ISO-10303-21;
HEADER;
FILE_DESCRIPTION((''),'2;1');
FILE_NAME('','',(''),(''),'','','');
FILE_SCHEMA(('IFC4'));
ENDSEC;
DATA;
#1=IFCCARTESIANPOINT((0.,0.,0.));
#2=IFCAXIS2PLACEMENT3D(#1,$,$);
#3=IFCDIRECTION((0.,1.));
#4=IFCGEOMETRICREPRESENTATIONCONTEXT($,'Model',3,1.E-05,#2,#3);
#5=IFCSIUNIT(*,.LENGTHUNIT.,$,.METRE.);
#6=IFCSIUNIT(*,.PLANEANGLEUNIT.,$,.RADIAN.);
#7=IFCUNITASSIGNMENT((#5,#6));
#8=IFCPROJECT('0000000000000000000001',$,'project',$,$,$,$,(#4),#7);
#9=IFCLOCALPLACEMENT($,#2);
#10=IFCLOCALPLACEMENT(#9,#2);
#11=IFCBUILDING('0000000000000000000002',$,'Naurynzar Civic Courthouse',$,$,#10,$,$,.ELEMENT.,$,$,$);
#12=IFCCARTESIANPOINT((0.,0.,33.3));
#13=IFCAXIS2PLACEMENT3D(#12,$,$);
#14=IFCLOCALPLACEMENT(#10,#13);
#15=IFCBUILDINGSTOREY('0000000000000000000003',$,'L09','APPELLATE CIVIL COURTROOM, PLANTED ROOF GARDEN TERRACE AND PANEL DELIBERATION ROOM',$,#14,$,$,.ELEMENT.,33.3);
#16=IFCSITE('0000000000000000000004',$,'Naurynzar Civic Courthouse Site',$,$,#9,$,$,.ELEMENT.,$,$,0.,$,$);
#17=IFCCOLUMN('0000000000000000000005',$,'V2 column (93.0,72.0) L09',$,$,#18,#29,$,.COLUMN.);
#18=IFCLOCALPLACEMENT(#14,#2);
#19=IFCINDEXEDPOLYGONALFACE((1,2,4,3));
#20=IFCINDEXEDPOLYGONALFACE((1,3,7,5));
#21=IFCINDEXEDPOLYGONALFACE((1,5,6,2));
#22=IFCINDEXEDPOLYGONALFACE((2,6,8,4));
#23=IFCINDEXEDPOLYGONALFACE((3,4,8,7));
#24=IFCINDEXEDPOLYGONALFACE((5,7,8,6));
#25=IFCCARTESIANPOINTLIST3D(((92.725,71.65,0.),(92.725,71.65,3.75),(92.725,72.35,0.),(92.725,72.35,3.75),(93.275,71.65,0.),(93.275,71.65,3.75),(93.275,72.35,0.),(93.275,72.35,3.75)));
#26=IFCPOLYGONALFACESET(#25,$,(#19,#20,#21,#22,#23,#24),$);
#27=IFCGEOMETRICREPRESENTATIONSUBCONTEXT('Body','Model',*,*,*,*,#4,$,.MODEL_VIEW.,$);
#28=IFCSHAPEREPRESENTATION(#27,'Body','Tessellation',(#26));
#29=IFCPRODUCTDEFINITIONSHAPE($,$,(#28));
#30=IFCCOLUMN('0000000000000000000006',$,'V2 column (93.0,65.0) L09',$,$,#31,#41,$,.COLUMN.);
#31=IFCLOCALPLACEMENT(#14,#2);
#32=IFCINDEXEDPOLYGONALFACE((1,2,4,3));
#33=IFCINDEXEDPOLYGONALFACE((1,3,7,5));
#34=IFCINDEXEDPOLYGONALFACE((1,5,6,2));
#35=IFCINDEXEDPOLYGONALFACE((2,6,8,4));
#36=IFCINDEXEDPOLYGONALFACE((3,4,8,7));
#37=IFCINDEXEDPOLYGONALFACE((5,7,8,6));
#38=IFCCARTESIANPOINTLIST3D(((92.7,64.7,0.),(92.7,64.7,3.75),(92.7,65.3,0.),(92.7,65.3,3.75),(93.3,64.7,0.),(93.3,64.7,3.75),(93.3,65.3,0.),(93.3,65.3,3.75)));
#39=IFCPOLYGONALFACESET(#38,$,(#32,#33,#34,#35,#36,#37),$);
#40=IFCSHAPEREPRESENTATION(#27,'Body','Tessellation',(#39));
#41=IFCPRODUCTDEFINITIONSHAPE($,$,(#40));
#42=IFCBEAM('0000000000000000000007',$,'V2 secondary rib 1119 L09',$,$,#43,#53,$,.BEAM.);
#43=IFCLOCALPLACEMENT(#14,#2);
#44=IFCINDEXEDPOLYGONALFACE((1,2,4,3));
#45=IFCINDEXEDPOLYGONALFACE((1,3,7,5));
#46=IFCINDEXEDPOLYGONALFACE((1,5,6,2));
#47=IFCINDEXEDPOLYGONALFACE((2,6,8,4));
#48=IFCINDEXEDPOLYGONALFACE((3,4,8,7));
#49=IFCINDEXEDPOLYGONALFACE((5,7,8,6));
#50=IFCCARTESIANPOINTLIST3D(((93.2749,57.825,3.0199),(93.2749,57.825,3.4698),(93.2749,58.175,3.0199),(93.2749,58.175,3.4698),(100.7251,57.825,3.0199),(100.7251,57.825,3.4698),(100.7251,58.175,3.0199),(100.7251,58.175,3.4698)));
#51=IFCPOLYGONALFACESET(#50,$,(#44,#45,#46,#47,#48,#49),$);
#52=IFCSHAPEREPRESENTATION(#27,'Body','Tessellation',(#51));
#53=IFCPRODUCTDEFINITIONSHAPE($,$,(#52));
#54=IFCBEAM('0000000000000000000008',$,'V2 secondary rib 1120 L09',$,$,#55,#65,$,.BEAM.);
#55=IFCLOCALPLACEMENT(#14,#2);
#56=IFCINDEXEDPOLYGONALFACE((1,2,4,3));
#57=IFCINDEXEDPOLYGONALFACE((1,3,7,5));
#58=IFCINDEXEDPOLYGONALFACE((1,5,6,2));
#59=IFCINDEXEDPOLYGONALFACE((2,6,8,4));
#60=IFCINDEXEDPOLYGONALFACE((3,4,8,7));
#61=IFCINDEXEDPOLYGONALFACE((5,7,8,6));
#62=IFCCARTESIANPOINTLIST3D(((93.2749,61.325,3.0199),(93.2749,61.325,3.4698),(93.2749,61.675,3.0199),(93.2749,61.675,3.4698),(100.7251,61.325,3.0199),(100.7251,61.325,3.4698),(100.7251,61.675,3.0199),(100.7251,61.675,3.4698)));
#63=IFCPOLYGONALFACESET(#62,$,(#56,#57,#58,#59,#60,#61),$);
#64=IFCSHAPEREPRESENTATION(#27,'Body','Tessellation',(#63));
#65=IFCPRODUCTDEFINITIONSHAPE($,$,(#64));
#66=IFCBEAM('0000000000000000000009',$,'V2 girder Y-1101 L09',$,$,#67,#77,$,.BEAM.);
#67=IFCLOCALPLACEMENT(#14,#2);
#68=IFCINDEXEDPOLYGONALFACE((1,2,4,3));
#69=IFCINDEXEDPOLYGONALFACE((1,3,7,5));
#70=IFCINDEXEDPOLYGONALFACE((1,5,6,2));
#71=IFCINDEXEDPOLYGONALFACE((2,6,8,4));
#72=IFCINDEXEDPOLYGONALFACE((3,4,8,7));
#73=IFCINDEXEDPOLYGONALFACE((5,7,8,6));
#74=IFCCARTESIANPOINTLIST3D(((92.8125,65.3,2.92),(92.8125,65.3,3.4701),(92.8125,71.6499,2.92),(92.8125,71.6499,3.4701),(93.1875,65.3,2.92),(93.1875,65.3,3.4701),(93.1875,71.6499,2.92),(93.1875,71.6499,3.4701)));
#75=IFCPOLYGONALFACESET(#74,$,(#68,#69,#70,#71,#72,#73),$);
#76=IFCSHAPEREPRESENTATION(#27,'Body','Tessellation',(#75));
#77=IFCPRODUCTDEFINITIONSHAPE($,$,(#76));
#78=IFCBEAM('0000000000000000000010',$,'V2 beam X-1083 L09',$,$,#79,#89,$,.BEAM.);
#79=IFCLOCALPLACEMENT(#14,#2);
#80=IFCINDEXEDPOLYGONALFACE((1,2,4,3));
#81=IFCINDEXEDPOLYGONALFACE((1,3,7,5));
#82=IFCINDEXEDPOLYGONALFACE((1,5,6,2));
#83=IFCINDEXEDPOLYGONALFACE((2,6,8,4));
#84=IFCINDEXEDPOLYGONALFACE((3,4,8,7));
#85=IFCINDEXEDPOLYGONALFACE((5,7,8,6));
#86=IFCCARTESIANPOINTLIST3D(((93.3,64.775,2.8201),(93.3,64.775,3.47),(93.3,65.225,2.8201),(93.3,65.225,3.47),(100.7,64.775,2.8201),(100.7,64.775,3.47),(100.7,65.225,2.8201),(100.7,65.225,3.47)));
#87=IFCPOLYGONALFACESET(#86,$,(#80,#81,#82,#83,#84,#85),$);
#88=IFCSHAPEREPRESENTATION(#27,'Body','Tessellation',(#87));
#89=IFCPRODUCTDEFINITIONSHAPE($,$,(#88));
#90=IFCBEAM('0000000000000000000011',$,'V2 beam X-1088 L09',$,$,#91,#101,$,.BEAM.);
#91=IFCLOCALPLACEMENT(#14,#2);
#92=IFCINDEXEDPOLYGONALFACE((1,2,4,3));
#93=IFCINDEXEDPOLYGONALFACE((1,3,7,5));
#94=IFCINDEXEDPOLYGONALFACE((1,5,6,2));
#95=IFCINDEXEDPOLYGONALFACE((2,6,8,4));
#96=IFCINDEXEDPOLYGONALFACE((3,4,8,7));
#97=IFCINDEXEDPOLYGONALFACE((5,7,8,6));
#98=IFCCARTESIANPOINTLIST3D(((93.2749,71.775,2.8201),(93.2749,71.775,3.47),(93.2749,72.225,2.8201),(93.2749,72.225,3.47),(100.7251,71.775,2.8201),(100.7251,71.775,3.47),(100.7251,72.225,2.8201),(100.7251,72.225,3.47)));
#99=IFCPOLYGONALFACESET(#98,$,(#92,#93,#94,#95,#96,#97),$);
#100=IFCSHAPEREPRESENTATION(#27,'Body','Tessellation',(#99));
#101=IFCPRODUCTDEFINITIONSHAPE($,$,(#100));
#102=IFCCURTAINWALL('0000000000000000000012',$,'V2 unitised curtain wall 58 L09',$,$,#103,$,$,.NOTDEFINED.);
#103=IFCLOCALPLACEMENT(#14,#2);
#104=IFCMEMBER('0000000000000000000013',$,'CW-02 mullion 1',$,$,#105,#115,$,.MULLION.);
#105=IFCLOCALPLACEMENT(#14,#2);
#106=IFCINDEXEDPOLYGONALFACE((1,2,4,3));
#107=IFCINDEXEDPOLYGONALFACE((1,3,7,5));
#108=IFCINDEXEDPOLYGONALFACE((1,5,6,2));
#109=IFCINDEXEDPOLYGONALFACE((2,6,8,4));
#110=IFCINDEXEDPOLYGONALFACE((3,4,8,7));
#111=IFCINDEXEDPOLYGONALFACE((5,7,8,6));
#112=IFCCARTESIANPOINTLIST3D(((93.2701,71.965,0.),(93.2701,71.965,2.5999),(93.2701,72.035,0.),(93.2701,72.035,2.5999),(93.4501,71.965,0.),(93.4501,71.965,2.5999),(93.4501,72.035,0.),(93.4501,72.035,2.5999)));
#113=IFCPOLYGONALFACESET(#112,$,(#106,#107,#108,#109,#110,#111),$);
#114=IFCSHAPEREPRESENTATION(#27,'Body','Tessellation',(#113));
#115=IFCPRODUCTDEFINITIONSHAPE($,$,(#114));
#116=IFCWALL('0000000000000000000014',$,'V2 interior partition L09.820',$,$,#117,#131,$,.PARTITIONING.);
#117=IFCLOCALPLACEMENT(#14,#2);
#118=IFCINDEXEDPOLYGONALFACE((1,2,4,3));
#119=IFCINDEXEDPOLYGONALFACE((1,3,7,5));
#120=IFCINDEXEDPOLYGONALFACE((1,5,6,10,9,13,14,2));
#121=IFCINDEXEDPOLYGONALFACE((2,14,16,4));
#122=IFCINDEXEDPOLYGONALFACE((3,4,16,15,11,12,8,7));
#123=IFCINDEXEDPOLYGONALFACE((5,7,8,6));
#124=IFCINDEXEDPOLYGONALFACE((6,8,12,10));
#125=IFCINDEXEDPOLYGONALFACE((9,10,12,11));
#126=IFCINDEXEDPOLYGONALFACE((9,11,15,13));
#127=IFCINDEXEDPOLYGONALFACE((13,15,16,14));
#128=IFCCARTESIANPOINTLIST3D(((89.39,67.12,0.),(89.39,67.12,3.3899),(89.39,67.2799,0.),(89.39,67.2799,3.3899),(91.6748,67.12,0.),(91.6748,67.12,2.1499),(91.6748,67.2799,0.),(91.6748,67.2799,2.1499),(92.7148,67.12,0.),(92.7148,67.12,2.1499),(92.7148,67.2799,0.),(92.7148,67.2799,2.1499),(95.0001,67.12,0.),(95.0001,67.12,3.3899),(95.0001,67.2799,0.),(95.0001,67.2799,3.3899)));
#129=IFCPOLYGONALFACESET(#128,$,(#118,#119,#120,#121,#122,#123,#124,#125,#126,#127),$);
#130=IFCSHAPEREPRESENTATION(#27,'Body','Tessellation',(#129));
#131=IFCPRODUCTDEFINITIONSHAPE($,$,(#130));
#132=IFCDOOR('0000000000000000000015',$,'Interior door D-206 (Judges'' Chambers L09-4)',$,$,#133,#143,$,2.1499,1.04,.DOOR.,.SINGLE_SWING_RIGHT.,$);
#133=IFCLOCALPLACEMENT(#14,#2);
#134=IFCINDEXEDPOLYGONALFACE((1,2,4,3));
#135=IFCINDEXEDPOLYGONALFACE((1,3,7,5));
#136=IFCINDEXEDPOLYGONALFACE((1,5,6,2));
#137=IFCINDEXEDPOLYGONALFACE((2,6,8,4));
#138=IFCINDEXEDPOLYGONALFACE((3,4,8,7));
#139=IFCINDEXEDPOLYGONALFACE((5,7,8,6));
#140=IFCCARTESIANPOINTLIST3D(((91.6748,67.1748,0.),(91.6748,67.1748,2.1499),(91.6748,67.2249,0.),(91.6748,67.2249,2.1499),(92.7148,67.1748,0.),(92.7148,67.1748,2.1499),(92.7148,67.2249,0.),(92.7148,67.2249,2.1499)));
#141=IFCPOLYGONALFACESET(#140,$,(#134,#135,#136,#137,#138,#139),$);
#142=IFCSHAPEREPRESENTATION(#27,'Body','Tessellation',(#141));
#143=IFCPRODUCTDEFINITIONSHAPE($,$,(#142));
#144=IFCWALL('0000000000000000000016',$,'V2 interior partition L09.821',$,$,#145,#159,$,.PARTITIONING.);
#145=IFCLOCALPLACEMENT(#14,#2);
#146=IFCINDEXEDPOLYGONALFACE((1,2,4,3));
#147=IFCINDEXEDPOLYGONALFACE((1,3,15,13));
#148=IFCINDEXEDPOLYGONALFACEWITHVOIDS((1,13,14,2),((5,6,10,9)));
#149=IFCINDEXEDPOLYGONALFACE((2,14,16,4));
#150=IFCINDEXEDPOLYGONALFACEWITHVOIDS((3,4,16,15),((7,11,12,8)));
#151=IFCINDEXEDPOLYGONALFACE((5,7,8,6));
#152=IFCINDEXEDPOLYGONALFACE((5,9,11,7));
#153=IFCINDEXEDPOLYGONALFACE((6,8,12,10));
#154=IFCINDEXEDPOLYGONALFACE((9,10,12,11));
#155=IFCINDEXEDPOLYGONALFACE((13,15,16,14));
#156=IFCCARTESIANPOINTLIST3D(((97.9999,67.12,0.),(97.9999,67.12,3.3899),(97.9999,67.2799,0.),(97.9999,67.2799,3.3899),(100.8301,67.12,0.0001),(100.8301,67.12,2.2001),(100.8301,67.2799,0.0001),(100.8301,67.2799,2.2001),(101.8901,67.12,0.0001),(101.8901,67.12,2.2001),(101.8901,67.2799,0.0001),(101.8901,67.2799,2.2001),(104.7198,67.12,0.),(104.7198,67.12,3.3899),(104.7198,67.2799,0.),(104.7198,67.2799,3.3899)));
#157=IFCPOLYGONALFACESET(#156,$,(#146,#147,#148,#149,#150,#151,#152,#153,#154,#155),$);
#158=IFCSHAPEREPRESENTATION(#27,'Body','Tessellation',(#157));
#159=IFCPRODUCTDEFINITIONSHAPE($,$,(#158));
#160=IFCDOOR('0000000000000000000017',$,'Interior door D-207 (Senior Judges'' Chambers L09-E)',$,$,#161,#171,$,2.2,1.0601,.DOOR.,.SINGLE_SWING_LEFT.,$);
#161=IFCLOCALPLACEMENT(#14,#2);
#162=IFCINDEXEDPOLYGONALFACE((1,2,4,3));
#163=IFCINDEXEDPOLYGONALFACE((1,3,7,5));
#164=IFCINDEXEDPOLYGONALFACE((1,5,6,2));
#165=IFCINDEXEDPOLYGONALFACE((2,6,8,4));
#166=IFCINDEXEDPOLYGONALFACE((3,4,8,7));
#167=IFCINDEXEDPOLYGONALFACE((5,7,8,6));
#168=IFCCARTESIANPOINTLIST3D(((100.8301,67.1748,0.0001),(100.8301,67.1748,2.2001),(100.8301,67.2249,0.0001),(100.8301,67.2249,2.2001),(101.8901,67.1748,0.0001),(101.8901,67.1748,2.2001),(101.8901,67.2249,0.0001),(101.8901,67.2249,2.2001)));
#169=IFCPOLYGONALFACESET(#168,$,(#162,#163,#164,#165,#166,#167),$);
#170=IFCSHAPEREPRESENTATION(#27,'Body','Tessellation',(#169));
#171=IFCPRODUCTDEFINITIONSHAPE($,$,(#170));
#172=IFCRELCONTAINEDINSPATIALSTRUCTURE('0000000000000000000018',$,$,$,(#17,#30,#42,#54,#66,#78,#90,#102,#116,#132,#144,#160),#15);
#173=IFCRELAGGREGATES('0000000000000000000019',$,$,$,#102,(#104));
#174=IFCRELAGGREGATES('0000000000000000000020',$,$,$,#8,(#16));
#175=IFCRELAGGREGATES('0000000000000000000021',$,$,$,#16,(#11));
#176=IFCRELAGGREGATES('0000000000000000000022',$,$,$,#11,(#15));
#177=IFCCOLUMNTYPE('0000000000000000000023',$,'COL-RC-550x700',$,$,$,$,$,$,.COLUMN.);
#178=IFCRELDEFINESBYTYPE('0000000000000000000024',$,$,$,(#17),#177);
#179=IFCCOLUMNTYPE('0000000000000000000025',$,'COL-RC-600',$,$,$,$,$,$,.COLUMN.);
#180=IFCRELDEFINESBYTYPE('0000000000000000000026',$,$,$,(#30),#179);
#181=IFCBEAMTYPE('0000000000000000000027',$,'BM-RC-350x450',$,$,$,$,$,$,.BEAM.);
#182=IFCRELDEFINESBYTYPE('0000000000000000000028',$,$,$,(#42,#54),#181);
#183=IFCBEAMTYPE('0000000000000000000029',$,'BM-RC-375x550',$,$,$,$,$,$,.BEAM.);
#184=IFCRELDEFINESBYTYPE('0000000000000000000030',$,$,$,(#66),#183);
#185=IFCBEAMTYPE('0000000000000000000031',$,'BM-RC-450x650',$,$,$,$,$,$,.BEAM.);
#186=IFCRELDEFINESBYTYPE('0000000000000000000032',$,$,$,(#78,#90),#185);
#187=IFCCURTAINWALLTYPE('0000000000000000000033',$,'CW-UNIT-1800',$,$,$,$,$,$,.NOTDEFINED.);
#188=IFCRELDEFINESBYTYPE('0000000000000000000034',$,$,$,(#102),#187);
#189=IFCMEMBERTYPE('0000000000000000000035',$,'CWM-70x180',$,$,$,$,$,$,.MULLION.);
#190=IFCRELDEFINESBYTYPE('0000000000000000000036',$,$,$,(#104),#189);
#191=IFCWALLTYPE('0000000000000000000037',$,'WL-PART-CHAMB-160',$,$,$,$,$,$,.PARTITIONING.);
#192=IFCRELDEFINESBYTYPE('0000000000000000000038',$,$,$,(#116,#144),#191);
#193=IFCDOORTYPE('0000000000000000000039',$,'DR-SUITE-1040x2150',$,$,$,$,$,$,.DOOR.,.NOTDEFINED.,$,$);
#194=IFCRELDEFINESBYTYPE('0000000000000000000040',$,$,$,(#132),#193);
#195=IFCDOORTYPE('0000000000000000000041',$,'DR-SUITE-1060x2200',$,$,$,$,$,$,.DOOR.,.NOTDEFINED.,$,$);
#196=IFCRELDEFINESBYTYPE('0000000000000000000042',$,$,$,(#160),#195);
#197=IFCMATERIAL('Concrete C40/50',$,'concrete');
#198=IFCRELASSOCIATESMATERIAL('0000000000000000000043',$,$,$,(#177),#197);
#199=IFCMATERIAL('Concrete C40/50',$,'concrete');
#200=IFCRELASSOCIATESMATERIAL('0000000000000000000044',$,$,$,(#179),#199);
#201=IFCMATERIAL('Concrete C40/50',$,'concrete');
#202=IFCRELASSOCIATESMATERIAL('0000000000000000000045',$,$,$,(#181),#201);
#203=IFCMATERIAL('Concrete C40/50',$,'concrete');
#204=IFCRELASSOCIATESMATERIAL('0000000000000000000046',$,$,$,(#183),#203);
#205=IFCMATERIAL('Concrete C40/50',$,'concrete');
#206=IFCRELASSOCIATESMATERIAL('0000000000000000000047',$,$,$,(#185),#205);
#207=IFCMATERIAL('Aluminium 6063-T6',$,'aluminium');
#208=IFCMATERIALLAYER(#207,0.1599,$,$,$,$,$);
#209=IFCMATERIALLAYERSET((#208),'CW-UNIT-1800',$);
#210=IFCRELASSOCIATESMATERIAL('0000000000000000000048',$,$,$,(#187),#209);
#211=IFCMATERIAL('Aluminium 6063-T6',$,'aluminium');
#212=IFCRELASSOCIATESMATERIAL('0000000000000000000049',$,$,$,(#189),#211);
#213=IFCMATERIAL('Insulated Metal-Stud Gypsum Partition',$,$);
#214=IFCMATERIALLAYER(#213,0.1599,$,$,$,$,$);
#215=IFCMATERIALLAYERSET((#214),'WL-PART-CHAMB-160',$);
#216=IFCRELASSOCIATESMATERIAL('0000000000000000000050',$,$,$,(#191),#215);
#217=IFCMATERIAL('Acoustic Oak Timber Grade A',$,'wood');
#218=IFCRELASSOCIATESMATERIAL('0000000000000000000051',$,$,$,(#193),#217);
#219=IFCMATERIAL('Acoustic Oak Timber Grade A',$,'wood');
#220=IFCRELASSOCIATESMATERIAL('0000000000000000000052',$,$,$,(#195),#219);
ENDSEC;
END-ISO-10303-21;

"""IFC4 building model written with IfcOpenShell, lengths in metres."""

from ifc_helpers import new_model, si_unit, direction, frame, frame_2d, origin, origin_2d, place, context, subcontext, project, spatial, rectangle, extrude, material, layer, layer_set, material_profile, profile_set, type_object, element, fill, aggregate, save


model = new_model("IFC4")

# Units and contexts
model_context = context("Model", 3, precision=1e-05, world=origin(), true_north=direction((0.0, 1.0)))
body_context = subcontext(model_context, "Body", "Model", "MODEL_VIEW")
ifc_project = project(units=[si_unit("LENGTHUNIT", "METRE"), si_unit("PLANEANGLEUNIT", "RADIAN")], contexts=[model_context])

# Site, building, storey
site_placement = place(None, origin())
site = spatial("IfcSite", under=ifc_project, at=site_placement, Name="Naurynzar Civic Courthouse Site", CompositionType="ELEMENT", RefElevation=0.0)
building_placement = place(site_placement, origin())
building = spatial("IfcBuilding", under=site, at=building_placement, Name="Naurynzar Civic Courthouse", CompositionType="ELEMENT")
storey_placement = place(building_placement, frame((0.0, 0.0, 33.3)))
storey = spatial("IfcBuildingStorey", under=building, at=storey_placement, Name="L09", Description="APPELLATE CIVIL COURTROOM, PLANTED ROOF GARDEN TERRACE AND PANEL DELIBERATION ROOM", CompositionType="ELEMENT", Elevation=33.3)

# Columns
ifc_material_1 = material(Name="Concrete C40/50", Category="concrete")
ifc_material_profile_1 = material_profile(ifc_material_1, rectangle(XDim=0.55, YDim=0.7, at=origin_2d()), Name="RC 550x700")
ifc_profile_set_1 = profile_set([ifc_material_profile_1], Name="Concrete C40/50")
column_type_1 = type_object("IfcColumnType", Name="COL-RC-550x700", PredefinedType="COLUMN", material=ifc_profile_set_1)
column_1_placement = place(storey_placement, frame((93.0, 72.0, 0.0), z_axis=(0.0, 0.0, 1.0), x_axis=(1.0, 0.0, 0.0)))
element("IfcColumn", 1, at=column_1_placement, inside=storey, type_object=column_type_1, Name="V2 column (93.0,72.0) L09", PredefinedType="COLUMN", context=body_context, shape_type="SweptSolid", body=[
    extrude(rectangle(XDim=0.55, YDim=0.7, at=origin_2d()), origin(), (0.0, 0.0, 1.0), 3.75),
])
ifc_material_2 = material(Name="Concrete C40/50", Category="concrete")
ifc_material_profile_2 = material_profile(ifc_material_2, rectangle(XDim=0.6001, YDim=0.6001, at=origin_2d()), Name="RC 600x600")
ifc_profile_set_2 = profile_set([ifc_material_profile_2], Name="Concrete C40/50")
column_type_2 = type_object("IfcColumnType", Name="COL-RC-600", PredefinedType="COLUMN", material=ifc_profile_set_2)
column_2_placement = place(storey_placement, frame((93.0, 65.0, 0.0), z_axis=(0.0, 0.0, 1.0), x_axis=(1.0, 0.0, 0.0)))
element("IfcColumn", 2, at=column_2_placement, inside=storey, type_object=column_type_2, Name="V2 column (93.0,65.0) L09", PredefinedType="COLUMN", context=body_context, shape_type="SweptSolid", body=[
    extrude(rectangle(XDim=0.6001, YDim=0.6001, at=origin_2d()), origin(), (0.0, 0.0, 1.0), 3.75),
])

# Beams
ifc_material_3 = material(Name="Concrete C40/50", Category="concrete")
ifc_material_profile_3 = material_profile(ifc_material_3, rectangle(XDim=0.3501, YDim=0.45, at=origin_2d()), Name="RCB 350x450")
ifc_profile_set_3 = profile_set([ifc_material_profile_3], Name="Concrete C40/50")
beam_type_1 = type_object("IfcBeamType", Name="BM-RC-350x450", PredefinedType="BEAM", material=ifc_profile_set_3)
for number, where, z_axis, x_axis, name in (
    (3, (93.2749, 58.0, 3.2449), (1.0, 0.0, 0.0), (0.0, 1.0, 0.0), "V2 secondary rib 1119 L09"),
    (4, (93.2749, 61.5, 3.2449), (1.0, 0.0, 0.0), (0.0, 1.0, 0.0), "V2 secondary rib 1120 L09"),
):
    element("IfcBeam", number, at=place(storey_placement, frame(where, z_axis=z_axis, x_axis=x_axis)), inside=storey, type_object=beam_type_1, Name=name, PredefinedType="BEAM", context=body_context, shape_type="SweptSolid", body=[
        extrude(rectangle(XDim=0.3501, YDim=0.45, at=origin_2d()), origin(), (0.0, 0.0, 1.0), 7.4502),
    ])
ifc_material_4 = material(Name="Concrete C40/50", Category="concrete")
ifc_material_profile_4 = material_profile(ifc_material_4, rectangle(XDim=0.375, YDim=0.55, at=origin_2d()), Name="RCB 375x550")
ifc_profile_set_4 = profile_set([ifc_material_profile_4], Name="Concrete C40/50")
beam_type_2 = type_object("IfcBeamType", Name="BM-RC-375x550", PredefinedType="BEAM", material=ifc_profile_set_4)
beam_1_placement = place(storey_placement, frame((93.0, 65.3, 3.1951), z_axis=(0.0, 1.0, 0.0), x_axis=(-1.0, 0.0, 0.0)))
element("IfcBeam", 5, at=beam_1_placement, inside=storey, type_object=beam_type_2, Name="V2 girder Y-1101 L09", PredefinedType="BEAM", context=body_context, shape_type="SweptSolid", body=[
    extrude(rectangle(XDim=0.375, YDim=0.55, at=origin_2d()), origin(), (0.0, 0.0, 1.0), 6.3499),
])
ifc_material_5 = material(Name="Concrete C40/50", Category="concrete")
ifc_material_profile_5 = material_profile(ifc_material_5, rectangle(XDim=0.45, YDim=0.6499, at=origin_2d()), Name="RCB 450x650")
ifc_profile_set_5 = profile_set([ifc_material_profile_5], Name="Concrete C40/50")
beam_type_3 = type_object("IfcBeamType", Name="BM-RC-450x650", PredefinedType="BEAM", material=ifc_profile_set_5)
beam_2_placement = place(storey_placement, frame((93.3, 65.0, 3.145), z_axis=(1.0, 0.0, 0.0), x_axis=(0.0, 1.0, 0.0)))
element("IfcBeam", 6, at=beam_2_placement, inside=storey, type_object=beam_type_3, Name="V2 beam X-1083 L09", PredefinedType="BEAM", context=body_context, shape_type="SweptSolid", body=[
    extrude(rectangle(XDim=0.45, YDim=0.6499, at=origin_2d()), origin(), (0.0, 0.0, 1.0), 7.3999),
])
beam_3_placement = place(storey_placement, frame((93.2749, 72.0, 3.145), z_axis=(1.0, 0.0, 0.0), x_axis=(0.0, 1.0, 0.0)))
element("IfcBeam", 7, at=beam_3_placement, inside=storey, type_object=beam_type_3, Name="V2 beam X-1088 L09", PredefinedType="BEAM", context=body_context, shape_type="SweptSolid", body=[
    extrude(rectangle(XDim=0.45, YDim=0.6499, at=origin_2d()), origin(), (0.0, 0.0, 1.0), 7.4502),
])

# Curtain wall, member
ifc_material_6 = material(Name="Aluminium 6063-T6", Category="aluminium")
ifc_layer_1 = layer(ifc_material_6, 0.1599)
ifc_layer_set_1 = layer_set([ifc_layer_1], Name="CW-UNIT-1800")
curtain_wall_type = type_object("IfcCurtainWallType", Name="CW-UNIT-1800", PredefinedType="NOTDEFINED", material=ifc_layer_set_1)
curtain_wall_placement = place(storey_placement, origin())
curtain_wall = element("IfcCurtainWall", 8, at=curtain_wall_placement, inside=storey, type_object=curtain_wall_type, Name="V2 unitised curtain wall 58 L09", PredefinedType="NOTDEFINED")
ifc_material_7 = material(Name="Aluminium 6063-T6", Category="aluminium")
ifc_material_profile_6 = material_profile(ifc_material_7, rectangle(XDim=0.0701, YDim=0.1799, at=origin_2d()), Name="ALU MULLION 70x180")
ifc_profile_set_6 = profile_set([ifc_material_profile_6], Name="Aluminium 6063-T6")
member_type = type_object("IfcMemberType", Name="CWM-70x180", PredefinedType="MULLION", material=ifc_profile_set_6)
member_placement = place(storey_placement, frame((93.3601, 72.0, 0.0), z_axis=(0.0, 0.0, 1.0), x_axis=(0.0, 1.0, 0.0)))
member = element("IfcMember", 9, at=member_placement, type_object=member_type, Name="CW-02 mullion 1", PredefinedType="MULLION", context=body_context, shape_type="SweptSolid", body=[
    extrude(rectangle(XDim=0.0701, YDim=0.1799, at=origin_2d()), origin(), (0.0, 0.0, 1.0), 2.5999),
])
aggregate(curtain_wall, [member])

# Walls, openings, doors
ifc_material_8 = material(Name="Insulated Metal-Stud Gypsum Partition")
ifc_layer_2 = layer(ifc_material_8, 0.1599)
ifc_layer_set_2 = layer_set([ifc_layer_2], Name="WL-PART-CHAMB-160")
wall_type_1 = type_object("IfcWallType", Name="WL-PART-CHAMB-160", PredefinedType="PARTITIONING", material=ifc_layer_set_2)
wall_1_placement = place(storey_placement, frame((89.3899, 67.2, 0.0), z_axis=(0.0, 0.0, 1.0), x_axis=(1.0, 0.0, 0.0)))
wall_1 = element("IfcWall", 10, at=wall_1_placement, inside=storey, type_object=wall_type_1, Name="V2 interior partition L09.820", PredefinedType="PARTITIONING", context=body_context, shape_type="SweptSolid", body=[
    extrude(rectangle(XDim=5.6101, YDim=0.1599, at=frame_2d((2.8052, 0.0))), origin(), (0.0, 0.0, 1.0), 3.3899),
])
opening_1_placement = place(wall_1_placement, frame((2.2849, 0.0, 0.0)))
opening_1 = element("IfcOpeningElement", 11, at=opening_1_placement, cuts=wall_1, PredefinedType="OPENING", context=body_context, shape_type="SweptSolid", body=[
    extrude(rectangle(XDim=1.04, YDim=2.1499, at=frame_2d((0.52, 1.075))), frame((0.0, 0.0898, 0.0), z_axis=(0.0, -1.0, 0.0), x_axis=(1.0, 0.0, 0.0)), (0.0, 0.0, 1.0), 0.1799),
])
ifc_material_9 = material(Name="Acoustic Oak Timber Grade A", Category="wood")
door_type_1 = type_object("IfcDoorType", Name="DR-SUITE-1040x2150", OperationType="NOTDEFINED", PredefinedType="DOOR", material=ifc_material_9)
door_1_placement = place(opening_1_placement, origin())
door_1 = element("IfcDoor", 12, at=door_1_placement, inside=storey, type_object=door_type_1, Name="Interior door D-206 (Judges' Chambers L09-4)", OperationType="SINGLE_SWING_RIGHT", OverallHeight=2.1499, OverallWidth=1.04, PredefinedType="DOOR", context=body_context, shape_type="SweptSolid", body=[
    extrude(rectangle(XDim=1.04, YDim=2.1499, at=frame_2d((0.52, 1.075))), frame((0.0, 0.0249, 0.0), z_axis=(0.0, -1.0, 0.0), x_axis=(1.0, 0.0, 0.0)), (0.0, 0.0, 1.0), 0.05),
])
fill(opening_1, door_1)
wall_2_placement = place(storey_placement, frame((98.0, 67.2, 0.0), z_axis=(0.0, 0.0, 1.0), x_axis=(1.0, 0.0, 0.0)))
wall_2 = element("IfcWall", 13, at=wall_2_placement, inside=storey, type_object=wall_type_1, Name="V2 interior partition L09.821", PredefinedType="PARTITIONING", context=body_context, shape_type="SweptSolid", body=[
    extrude(rectangle(XDim=6.72, YDim=0.1599, at=frame_2d((3.3599, 0.0))), origin(), (0.0, 0.0, 1.0), 3.3899),
])
opening_2_placement = place(wall_2_placement, frame((2.8301, 0.0, 0.0)))
opening_2 = element("IfcOpeningElement", 14, at=opening_2_placement, cuts=wall_2, PredefinedType="OPENING", context=body_context, shape_type="SweptSolid", body=[
    extrude(rectangle(XDim=1.0601, YDim=2.2, at=frame_2d((0.53, 1.1001))), frame((0.0, 0.0898, 0.0), z_axis=(0.0, -1.0, 0.0), x_axis=(1.0, 0.0, 0.0)), (0.0, 0.0, 1.0), 0.1799),
])
ifc_material_10 = material(Name="Acoustic Oak Timber Grade A", Category="wood")
door_type_2 = type_object("IfcDoorType", Name="DR-SUITE-1060x2200", OperationType="NOTDEFINED", PredefinedType="DOOR", material=ifc_material_10)
door_2_placement = place(opening_2_placement, origin())
door_2 = element("IfcDoor", 15, at=door_2_placement, inside=storey, type_object=door_type_2, Name="Interior door D-207 (Senior Judges' Chambers L09-E)", OperationType="SINGLE_SWING_LEFT", OverallHeight=2.2, OverallWidth=1.0601, PredefinedType="DOOR", context=body_context, shape_type="SweptSolid", body=[
    extrude(rectangle(XDim=1.0601, YDim=2.2, at=frame_2d((0.53, 1.1001))), frame((0.0, 0.0249, 0.0), z_axis=(0.0, -1.0, 0.0), x_axis=(1.0, 0.0, 0.0)), (0.0, 0.0, 1.0), 0.05),
])
fill(opening_2, door_2)

save(model, "model.ifc")
